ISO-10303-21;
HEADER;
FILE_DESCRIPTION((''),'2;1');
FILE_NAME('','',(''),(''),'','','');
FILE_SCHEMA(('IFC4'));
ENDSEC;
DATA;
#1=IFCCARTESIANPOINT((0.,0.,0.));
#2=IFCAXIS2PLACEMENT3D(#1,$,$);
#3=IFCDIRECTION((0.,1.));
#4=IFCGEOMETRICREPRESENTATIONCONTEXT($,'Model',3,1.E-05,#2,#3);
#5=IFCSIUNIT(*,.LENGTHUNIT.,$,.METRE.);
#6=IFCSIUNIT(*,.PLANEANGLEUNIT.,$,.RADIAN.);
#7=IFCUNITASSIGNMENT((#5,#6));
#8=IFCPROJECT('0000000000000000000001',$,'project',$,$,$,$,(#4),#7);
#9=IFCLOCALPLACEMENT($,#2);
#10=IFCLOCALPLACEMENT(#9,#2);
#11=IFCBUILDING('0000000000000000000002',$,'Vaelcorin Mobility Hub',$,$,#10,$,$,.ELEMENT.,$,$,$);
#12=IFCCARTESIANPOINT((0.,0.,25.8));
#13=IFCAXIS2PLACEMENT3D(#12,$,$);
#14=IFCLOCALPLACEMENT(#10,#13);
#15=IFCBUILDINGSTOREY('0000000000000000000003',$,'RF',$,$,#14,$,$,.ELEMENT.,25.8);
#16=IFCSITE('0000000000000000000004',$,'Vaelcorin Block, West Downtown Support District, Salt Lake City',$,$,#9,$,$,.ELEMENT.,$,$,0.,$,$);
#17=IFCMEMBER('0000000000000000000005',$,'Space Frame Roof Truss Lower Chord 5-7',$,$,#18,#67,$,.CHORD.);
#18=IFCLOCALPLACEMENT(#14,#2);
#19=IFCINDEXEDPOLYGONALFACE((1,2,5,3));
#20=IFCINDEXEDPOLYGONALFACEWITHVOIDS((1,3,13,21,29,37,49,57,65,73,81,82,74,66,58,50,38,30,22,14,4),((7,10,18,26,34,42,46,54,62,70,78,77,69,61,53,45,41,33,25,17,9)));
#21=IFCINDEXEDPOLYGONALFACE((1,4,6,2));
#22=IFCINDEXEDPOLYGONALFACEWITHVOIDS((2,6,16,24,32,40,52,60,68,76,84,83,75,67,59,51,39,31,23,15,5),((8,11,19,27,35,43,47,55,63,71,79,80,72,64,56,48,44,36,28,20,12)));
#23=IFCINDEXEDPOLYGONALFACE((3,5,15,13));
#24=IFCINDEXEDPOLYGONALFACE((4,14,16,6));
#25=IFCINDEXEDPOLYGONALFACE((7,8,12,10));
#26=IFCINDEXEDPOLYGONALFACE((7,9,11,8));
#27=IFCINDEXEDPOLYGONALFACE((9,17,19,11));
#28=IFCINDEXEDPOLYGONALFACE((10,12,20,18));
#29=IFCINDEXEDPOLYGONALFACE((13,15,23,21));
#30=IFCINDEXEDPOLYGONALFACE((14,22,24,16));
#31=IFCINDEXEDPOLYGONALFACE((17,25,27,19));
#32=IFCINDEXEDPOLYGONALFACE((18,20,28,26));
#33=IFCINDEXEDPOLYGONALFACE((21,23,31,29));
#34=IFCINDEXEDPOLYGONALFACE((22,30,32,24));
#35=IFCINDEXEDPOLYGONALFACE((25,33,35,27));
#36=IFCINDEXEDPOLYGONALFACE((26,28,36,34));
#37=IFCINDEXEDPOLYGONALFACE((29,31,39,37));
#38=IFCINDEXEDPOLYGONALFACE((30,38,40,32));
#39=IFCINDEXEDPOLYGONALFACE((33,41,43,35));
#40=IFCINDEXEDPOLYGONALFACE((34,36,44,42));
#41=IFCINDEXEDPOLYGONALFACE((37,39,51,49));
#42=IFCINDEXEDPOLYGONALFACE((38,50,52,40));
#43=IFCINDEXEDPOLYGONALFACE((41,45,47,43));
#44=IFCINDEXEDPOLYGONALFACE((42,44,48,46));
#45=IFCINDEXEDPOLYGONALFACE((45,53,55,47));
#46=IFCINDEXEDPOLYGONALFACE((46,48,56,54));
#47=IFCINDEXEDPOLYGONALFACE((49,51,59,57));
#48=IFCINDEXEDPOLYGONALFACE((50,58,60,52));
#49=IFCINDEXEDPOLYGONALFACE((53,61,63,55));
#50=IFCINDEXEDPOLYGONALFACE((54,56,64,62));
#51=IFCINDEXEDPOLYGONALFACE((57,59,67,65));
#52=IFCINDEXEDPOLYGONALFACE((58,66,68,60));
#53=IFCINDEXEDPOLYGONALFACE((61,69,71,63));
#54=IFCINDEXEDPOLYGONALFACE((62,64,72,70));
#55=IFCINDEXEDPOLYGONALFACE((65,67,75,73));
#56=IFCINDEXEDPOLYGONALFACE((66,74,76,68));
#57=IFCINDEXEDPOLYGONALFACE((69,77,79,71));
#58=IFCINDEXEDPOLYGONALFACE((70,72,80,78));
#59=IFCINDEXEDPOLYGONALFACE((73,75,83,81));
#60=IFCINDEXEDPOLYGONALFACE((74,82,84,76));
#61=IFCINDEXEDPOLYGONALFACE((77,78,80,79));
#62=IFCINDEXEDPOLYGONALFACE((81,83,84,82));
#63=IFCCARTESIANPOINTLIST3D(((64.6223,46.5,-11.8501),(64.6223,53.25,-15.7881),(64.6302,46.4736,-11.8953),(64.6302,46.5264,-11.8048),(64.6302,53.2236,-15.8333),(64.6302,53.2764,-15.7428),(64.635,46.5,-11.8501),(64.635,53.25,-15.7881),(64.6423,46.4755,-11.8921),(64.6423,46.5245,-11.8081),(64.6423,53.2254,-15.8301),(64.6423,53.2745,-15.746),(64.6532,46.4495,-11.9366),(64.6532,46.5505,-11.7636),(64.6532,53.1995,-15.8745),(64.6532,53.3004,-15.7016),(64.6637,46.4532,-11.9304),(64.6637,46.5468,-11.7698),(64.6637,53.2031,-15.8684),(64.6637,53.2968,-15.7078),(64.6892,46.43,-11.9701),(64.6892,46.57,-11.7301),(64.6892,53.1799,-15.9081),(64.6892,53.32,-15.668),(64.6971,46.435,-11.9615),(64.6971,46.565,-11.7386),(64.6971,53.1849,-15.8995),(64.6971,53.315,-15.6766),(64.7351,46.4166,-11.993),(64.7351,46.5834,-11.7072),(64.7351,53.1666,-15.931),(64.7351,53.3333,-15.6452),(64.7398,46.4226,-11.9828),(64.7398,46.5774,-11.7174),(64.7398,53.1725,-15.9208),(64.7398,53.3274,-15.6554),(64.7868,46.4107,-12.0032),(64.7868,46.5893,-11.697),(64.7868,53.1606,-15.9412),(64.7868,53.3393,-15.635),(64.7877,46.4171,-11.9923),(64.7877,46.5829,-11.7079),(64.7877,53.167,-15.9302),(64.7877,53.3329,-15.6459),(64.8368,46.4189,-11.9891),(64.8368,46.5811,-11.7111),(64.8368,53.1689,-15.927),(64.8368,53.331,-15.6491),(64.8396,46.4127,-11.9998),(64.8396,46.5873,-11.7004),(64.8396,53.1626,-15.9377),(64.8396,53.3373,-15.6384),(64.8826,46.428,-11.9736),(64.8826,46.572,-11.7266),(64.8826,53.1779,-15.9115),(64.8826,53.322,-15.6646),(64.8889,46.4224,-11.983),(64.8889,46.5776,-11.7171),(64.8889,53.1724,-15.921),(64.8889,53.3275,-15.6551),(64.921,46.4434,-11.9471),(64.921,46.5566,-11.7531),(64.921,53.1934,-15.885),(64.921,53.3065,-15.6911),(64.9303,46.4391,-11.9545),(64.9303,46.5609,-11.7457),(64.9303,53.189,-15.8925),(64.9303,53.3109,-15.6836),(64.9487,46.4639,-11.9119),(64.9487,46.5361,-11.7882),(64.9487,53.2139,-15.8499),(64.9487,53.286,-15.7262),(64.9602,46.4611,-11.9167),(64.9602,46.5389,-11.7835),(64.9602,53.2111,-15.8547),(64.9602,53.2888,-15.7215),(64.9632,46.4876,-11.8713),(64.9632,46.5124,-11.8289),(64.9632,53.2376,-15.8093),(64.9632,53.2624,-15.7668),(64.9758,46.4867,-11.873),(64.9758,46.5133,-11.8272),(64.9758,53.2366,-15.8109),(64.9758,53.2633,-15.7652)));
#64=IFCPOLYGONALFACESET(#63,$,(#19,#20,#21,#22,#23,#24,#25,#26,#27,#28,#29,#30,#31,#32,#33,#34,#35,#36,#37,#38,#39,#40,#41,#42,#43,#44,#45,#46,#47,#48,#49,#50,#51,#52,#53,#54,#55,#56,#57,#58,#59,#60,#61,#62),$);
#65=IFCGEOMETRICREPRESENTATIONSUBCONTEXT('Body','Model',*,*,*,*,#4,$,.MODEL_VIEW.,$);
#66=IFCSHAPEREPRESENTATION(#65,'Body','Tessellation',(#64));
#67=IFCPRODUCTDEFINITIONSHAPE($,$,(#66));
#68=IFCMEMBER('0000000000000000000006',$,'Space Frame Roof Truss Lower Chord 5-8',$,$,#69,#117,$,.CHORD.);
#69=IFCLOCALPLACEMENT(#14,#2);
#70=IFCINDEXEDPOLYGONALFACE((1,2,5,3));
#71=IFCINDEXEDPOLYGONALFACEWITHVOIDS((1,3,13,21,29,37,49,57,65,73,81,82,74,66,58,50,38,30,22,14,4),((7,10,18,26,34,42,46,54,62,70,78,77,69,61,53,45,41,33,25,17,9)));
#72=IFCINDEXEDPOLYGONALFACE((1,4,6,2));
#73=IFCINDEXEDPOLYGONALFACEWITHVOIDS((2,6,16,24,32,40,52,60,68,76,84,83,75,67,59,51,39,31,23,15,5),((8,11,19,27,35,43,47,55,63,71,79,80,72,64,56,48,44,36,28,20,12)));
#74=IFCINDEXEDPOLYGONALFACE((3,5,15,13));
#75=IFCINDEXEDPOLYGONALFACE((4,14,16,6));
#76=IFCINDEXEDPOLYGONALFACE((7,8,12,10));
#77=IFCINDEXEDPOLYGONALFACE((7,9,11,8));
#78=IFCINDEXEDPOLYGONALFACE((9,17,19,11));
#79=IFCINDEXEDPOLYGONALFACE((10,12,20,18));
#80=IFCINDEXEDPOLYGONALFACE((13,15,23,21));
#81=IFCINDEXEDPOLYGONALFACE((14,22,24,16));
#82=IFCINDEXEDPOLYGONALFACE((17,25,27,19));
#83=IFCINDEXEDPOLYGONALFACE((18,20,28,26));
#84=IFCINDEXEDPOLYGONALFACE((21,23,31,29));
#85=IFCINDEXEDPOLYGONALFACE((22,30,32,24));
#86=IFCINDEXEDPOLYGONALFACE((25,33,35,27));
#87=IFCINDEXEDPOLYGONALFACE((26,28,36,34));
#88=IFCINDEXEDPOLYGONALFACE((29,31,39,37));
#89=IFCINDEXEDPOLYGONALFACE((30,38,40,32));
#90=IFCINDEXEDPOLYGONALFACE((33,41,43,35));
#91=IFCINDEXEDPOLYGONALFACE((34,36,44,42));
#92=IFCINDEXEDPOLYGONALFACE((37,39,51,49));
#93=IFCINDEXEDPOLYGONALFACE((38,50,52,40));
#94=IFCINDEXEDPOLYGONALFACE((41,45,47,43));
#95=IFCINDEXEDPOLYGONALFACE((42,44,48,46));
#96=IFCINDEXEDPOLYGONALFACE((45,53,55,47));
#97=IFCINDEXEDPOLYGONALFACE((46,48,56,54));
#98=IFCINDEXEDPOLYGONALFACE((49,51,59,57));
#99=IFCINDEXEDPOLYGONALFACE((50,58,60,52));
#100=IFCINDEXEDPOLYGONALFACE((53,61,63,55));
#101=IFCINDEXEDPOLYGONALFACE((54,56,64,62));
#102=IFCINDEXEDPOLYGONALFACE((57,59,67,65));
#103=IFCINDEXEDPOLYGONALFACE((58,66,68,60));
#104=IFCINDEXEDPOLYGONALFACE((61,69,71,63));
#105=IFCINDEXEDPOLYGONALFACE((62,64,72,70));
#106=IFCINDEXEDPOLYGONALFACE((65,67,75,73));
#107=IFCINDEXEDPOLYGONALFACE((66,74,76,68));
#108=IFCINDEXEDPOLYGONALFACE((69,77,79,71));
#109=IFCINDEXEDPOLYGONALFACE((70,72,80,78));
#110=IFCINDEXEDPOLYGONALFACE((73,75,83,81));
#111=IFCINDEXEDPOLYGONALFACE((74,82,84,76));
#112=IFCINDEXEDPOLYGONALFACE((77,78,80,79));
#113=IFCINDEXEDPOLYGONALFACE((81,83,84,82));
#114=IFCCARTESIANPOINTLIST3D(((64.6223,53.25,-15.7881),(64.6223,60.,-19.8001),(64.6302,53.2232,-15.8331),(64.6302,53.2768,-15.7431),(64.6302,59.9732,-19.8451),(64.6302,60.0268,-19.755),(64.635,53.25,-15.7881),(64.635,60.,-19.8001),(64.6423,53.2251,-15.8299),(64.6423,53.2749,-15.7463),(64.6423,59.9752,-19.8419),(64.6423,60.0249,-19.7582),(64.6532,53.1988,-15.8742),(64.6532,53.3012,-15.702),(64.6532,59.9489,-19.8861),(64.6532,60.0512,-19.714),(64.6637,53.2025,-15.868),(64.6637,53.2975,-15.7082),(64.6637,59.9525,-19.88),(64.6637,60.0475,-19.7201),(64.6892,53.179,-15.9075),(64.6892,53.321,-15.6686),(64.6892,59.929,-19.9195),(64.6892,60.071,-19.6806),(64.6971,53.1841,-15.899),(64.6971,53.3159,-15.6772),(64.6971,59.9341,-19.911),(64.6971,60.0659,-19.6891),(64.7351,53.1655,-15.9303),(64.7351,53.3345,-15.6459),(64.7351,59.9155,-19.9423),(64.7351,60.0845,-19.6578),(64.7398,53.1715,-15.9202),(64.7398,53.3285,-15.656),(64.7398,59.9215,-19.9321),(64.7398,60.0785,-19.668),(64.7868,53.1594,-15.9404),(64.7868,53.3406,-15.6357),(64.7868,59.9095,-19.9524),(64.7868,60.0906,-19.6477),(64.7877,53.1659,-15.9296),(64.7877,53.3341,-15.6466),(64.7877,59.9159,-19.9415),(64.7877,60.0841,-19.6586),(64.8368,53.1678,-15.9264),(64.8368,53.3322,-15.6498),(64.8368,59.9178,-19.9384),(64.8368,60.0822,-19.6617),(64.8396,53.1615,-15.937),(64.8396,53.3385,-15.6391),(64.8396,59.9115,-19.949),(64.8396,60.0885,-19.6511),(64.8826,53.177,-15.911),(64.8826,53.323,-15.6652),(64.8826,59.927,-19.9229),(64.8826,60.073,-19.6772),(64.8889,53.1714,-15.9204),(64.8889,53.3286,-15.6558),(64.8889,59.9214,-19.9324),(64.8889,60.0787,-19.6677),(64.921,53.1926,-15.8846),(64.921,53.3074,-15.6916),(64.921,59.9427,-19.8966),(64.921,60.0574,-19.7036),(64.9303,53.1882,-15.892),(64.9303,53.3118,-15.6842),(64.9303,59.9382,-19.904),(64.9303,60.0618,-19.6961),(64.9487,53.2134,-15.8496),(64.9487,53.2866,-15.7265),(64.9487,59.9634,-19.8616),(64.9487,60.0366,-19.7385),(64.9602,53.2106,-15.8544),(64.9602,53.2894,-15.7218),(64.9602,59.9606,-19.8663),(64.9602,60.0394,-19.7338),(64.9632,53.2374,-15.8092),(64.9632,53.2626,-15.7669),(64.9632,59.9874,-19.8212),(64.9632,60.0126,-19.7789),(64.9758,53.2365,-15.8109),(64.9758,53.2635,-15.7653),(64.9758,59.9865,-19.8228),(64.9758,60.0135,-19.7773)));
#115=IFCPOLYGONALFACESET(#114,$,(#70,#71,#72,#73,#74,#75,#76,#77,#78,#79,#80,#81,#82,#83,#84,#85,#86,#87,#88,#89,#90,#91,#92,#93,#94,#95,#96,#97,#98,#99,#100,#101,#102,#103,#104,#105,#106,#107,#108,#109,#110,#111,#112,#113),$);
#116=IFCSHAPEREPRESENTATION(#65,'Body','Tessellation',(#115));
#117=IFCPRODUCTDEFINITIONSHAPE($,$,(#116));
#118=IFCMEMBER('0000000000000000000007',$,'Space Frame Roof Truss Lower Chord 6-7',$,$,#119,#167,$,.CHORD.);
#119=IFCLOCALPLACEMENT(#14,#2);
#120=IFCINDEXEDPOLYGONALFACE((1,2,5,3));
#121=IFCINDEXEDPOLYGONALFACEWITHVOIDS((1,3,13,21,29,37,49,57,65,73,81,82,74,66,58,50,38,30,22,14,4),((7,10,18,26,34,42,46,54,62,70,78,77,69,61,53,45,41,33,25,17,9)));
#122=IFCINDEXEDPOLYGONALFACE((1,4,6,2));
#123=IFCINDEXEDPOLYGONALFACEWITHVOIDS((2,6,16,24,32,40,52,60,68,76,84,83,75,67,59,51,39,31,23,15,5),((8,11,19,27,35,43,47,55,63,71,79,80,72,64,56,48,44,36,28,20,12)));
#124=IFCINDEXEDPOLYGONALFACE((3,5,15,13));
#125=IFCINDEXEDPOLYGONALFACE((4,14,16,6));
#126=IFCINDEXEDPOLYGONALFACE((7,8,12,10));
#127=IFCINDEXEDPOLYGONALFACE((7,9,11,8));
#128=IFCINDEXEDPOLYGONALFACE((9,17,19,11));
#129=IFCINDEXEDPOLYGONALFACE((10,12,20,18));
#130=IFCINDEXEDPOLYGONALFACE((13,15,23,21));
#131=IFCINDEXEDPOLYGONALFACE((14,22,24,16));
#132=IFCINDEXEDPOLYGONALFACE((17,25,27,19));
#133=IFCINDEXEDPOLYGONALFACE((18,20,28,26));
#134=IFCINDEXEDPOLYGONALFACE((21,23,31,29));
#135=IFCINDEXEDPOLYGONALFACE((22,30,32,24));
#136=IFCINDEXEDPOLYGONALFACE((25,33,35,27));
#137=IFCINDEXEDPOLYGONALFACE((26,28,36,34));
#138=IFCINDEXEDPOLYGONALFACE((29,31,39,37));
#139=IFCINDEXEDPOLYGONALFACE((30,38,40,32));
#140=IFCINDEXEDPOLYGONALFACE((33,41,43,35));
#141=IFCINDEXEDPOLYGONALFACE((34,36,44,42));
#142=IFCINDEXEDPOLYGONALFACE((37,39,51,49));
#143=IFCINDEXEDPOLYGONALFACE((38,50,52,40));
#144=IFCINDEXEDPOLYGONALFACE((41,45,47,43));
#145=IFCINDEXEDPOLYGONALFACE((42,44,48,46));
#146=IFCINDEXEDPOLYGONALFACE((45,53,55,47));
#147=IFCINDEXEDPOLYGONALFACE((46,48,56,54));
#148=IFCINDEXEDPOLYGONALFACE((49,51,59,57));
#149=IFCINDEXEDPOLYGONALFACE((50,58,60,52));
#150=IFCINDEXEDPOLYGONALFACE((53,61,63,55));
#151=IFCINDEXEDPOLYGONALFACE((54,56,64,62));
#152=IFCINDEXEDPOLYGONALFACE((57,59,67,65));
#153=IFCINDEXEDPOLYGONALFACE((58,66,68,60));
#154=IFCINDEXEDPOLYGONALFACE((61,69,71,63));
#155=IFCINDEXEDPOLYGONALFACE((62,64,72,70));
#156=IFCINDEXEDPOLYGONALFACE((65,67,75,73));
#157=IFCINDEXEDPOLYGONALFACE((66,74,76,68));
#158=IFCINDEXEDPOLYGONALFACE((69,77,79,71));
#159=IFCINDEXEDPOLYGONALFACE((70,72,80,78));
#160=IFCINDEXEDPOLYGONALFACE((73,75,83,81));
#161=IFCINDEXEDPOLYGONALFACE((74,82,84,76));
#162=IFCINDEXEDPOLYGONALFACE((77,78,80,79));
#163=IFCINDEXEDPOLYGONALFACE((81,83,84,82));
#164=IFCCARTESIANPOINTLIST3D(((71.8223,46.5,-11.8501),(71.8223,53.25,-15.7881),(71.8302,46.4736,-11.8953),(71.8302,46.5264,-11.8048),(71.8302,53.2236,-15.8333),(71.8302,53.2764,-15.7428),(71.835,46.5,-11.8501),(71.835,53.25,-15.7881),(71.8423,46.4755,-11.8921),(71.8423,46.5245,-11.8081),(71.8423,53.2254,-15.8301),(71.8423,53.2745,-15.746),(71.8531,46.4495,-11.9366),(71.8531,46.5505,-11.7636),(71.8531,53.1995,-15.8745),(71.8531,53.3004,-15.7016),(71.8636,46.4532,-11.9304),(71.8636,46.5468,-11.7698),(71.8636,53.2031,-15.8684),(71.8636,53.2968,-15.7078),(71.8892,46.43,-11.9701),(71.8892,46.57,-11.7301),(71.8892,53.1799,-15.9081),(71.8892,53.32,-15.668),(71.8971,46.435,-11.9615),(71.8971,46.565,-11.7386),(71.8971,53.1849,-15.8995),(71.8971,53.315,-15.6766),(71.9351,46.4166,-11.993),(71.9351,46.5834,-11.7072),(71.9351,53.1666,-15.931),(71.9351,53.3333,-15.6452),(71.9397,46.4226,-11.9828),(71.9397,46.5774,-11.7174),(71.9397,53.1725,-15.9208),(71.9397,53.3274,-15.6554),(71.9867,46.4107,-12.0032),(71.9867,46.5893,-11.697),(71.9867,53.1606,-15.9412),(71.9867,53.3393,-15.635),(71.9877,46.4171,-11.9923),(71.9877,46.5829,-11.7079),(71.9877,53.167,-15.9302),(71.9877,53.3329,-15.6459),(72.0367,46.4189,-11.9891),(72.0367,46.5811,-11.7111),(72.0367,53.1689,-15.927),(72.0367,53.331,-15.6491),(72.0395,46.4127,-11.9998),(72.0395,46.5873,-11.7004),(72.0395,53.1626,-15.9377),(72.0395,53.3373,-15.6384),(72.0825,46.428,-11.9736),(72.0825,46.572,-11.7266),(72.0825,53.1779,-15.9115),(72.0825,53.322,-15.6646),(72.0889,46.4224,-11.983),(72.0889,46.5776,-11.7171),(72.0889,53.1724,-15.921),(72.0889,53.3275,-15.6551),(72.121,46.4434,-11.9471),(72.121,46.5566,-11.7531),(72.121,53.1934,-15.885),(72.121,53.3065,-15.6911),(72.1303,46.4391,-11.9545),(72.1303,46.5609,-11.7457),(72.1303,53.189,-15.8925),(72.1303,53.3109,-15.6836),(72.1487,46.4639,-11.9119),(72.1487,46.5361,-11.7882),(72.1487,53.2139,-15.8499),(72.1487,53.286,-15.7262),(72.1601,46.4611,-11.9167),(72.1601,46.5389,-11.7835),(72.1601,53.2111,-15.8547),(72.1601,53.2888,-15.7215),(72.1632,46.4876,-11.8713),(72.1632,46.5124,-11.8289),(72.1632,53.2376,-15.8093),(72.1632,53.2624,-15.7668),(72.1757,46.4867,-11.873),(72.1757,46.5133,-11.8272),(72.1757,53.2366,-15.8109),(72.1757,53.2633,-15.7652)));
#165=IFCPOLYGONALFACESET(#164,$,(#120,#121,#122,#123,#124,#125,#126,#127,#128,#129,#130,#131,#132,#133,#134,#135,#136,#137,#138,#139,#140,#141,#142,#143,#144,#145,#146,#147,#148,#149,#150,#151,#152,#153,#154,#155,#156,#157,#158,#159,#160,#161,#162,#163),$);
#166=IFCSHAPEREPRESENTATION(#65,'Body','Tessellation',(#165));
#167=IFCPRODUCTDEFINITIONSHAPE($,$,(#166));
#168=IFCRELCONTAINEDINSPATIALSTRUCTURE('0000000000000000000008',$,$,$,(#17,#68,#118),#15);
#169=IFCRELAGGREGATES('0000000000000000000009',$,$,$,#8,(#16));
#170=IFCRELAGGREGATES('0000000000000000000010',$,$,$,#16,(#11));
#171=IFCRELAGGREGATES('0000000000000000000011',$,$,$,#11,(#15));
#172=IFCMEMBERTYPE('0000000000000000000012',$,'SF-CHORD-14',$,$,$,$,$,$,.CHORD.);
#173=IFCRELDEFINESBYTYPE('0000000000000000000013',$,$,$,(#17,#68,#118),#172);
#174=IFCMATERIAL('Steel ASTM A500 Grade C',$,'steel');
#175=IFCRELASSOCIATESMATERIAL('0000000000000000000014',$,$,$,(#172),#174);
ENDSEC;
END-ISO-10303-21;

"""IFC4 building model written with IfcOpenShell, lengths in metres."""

from ifc_helpers import new_model, si_unit, direction, frame, origin, origin_2d, place, context, subcontext, project, spatial, hollow_circle, extrude, material, material_profile, profile_set, type_object, element, save


model = new_model("IFC4")

# Units and contexts
model_context = context("Model", 3, precision=1e-05, world=origin(), true_north=direction((0.0, 1.0)))
body_context = subcontext(model_context, "Body", "Model", "MODEL_VIEW")
ifc_project = project(units=[si_unit("LENGTHUNIT", "METRE"), si_unit("PLANEANGLEUNIT", "RADIAN")], contexts=[model_context])

# Site, building, storey
site_placement = place(None, origin())
site = spatial("IfcSite", under=ifc_project, at=site_placement, Name="Vaelcorin Block, West Downtown Support District, Salt Lake City", CompositionType="ELEMENT", RefElevation=0.0)
building_placement = place(site_placement, origin())
building = spatial("IfcBuilding", under=site, at=building_placement, Name="Vaelcorin Mobility Hub", CompositionType="ELEMENT")
storey_placement = place(building_placement, frame((0.0, 0.0, 25.8)))
storey = spatial("IfcBuildingStorey", under=building, at=storey_placement, Name="RF", CompositionType="ELEMENT", Elevation=25.8)

# Members
ifc_material_1 = material(Name="Steel ASTM A500 Grade C", Category="steel")
ifc_material_profile_1 = material_profile(ifc_material_1, hollow_circle(Radius=0.1777, WallThickness=0.0127, at=origin_2d()), Name="HSS14.000X0.500")
ifc_profile_set_1 = profile_set([ifc_material_profile_1], Name="Steel ASTM A500 Grade C")
member_type_1 = type_object("IfcMemberType", Name="SF-CHORD-14", PredefinedType="CHORD", material=ifc_profile_set_1)
member_1_placement = place(storey_placement, frame((64.8, 46.5, -11.8501), z_axis=(0.0, 0.863752, -0.503918), x_axis=(-1.0, 0.0, 0.0)))
element("IfcMember", 1, at=member_1_placement, inside=storey, type_object=member_type_1, Name="Space Frame Roof Truss Lower Chord 5-7", PredefinedType="CHORD", context=body_context, shape_type="SweptSolid", body=[
    extrude(hollow_circle(Radius=0.1777, WallThickness=0.0127, at=origin_2d()), origin(), (0.0, 0.0, 1.0), 7.8147),
])
member_2_placement = place(storey_placement, frame((64.8, 53.25, -15.7881), z_axis=(0.0, 0.859623, -0.510929), x_axis=(-1.0, 0.0, 0.0)))
element("IfcMember", 2, at=member_2_placement, inside=storey, type_object=member_type_1, Name="Space Frame Roof Truss Lower Chord 5-8", PredefinedType="CHORD", context=body_context, shape_type="SweptSolid", body=[
    extrude(hollow_circle(Radius=0.1777, WallThickness=0.0127, at=origin_2d()), origin(), (0.0, 0.0, 1.0), 7.8523),
])
member_3_placement = place(storey_placement, frame((72.0, 46.5, -11.8501), z_axis=(0.0, 0.863752, -0.503918), x_axis=(-1.0, 0.0, 0.0)))
element("IfcMember", 3, at=member_3_placement, inside=storey, type_object=member_type_1, Name="Space Frame Roof Truss Lower Chord 6-7", PredefinedType="CHORD", context=body_context, shape_type="SweptSolid", body=[
    extrude(hollow_circle(Radius=0.1777, WallThickness=0.0127, at=origin_2d()), origin(), (0.0, 0.0, 1.0), 7.8147),
])

save(model, "model.ifc")
